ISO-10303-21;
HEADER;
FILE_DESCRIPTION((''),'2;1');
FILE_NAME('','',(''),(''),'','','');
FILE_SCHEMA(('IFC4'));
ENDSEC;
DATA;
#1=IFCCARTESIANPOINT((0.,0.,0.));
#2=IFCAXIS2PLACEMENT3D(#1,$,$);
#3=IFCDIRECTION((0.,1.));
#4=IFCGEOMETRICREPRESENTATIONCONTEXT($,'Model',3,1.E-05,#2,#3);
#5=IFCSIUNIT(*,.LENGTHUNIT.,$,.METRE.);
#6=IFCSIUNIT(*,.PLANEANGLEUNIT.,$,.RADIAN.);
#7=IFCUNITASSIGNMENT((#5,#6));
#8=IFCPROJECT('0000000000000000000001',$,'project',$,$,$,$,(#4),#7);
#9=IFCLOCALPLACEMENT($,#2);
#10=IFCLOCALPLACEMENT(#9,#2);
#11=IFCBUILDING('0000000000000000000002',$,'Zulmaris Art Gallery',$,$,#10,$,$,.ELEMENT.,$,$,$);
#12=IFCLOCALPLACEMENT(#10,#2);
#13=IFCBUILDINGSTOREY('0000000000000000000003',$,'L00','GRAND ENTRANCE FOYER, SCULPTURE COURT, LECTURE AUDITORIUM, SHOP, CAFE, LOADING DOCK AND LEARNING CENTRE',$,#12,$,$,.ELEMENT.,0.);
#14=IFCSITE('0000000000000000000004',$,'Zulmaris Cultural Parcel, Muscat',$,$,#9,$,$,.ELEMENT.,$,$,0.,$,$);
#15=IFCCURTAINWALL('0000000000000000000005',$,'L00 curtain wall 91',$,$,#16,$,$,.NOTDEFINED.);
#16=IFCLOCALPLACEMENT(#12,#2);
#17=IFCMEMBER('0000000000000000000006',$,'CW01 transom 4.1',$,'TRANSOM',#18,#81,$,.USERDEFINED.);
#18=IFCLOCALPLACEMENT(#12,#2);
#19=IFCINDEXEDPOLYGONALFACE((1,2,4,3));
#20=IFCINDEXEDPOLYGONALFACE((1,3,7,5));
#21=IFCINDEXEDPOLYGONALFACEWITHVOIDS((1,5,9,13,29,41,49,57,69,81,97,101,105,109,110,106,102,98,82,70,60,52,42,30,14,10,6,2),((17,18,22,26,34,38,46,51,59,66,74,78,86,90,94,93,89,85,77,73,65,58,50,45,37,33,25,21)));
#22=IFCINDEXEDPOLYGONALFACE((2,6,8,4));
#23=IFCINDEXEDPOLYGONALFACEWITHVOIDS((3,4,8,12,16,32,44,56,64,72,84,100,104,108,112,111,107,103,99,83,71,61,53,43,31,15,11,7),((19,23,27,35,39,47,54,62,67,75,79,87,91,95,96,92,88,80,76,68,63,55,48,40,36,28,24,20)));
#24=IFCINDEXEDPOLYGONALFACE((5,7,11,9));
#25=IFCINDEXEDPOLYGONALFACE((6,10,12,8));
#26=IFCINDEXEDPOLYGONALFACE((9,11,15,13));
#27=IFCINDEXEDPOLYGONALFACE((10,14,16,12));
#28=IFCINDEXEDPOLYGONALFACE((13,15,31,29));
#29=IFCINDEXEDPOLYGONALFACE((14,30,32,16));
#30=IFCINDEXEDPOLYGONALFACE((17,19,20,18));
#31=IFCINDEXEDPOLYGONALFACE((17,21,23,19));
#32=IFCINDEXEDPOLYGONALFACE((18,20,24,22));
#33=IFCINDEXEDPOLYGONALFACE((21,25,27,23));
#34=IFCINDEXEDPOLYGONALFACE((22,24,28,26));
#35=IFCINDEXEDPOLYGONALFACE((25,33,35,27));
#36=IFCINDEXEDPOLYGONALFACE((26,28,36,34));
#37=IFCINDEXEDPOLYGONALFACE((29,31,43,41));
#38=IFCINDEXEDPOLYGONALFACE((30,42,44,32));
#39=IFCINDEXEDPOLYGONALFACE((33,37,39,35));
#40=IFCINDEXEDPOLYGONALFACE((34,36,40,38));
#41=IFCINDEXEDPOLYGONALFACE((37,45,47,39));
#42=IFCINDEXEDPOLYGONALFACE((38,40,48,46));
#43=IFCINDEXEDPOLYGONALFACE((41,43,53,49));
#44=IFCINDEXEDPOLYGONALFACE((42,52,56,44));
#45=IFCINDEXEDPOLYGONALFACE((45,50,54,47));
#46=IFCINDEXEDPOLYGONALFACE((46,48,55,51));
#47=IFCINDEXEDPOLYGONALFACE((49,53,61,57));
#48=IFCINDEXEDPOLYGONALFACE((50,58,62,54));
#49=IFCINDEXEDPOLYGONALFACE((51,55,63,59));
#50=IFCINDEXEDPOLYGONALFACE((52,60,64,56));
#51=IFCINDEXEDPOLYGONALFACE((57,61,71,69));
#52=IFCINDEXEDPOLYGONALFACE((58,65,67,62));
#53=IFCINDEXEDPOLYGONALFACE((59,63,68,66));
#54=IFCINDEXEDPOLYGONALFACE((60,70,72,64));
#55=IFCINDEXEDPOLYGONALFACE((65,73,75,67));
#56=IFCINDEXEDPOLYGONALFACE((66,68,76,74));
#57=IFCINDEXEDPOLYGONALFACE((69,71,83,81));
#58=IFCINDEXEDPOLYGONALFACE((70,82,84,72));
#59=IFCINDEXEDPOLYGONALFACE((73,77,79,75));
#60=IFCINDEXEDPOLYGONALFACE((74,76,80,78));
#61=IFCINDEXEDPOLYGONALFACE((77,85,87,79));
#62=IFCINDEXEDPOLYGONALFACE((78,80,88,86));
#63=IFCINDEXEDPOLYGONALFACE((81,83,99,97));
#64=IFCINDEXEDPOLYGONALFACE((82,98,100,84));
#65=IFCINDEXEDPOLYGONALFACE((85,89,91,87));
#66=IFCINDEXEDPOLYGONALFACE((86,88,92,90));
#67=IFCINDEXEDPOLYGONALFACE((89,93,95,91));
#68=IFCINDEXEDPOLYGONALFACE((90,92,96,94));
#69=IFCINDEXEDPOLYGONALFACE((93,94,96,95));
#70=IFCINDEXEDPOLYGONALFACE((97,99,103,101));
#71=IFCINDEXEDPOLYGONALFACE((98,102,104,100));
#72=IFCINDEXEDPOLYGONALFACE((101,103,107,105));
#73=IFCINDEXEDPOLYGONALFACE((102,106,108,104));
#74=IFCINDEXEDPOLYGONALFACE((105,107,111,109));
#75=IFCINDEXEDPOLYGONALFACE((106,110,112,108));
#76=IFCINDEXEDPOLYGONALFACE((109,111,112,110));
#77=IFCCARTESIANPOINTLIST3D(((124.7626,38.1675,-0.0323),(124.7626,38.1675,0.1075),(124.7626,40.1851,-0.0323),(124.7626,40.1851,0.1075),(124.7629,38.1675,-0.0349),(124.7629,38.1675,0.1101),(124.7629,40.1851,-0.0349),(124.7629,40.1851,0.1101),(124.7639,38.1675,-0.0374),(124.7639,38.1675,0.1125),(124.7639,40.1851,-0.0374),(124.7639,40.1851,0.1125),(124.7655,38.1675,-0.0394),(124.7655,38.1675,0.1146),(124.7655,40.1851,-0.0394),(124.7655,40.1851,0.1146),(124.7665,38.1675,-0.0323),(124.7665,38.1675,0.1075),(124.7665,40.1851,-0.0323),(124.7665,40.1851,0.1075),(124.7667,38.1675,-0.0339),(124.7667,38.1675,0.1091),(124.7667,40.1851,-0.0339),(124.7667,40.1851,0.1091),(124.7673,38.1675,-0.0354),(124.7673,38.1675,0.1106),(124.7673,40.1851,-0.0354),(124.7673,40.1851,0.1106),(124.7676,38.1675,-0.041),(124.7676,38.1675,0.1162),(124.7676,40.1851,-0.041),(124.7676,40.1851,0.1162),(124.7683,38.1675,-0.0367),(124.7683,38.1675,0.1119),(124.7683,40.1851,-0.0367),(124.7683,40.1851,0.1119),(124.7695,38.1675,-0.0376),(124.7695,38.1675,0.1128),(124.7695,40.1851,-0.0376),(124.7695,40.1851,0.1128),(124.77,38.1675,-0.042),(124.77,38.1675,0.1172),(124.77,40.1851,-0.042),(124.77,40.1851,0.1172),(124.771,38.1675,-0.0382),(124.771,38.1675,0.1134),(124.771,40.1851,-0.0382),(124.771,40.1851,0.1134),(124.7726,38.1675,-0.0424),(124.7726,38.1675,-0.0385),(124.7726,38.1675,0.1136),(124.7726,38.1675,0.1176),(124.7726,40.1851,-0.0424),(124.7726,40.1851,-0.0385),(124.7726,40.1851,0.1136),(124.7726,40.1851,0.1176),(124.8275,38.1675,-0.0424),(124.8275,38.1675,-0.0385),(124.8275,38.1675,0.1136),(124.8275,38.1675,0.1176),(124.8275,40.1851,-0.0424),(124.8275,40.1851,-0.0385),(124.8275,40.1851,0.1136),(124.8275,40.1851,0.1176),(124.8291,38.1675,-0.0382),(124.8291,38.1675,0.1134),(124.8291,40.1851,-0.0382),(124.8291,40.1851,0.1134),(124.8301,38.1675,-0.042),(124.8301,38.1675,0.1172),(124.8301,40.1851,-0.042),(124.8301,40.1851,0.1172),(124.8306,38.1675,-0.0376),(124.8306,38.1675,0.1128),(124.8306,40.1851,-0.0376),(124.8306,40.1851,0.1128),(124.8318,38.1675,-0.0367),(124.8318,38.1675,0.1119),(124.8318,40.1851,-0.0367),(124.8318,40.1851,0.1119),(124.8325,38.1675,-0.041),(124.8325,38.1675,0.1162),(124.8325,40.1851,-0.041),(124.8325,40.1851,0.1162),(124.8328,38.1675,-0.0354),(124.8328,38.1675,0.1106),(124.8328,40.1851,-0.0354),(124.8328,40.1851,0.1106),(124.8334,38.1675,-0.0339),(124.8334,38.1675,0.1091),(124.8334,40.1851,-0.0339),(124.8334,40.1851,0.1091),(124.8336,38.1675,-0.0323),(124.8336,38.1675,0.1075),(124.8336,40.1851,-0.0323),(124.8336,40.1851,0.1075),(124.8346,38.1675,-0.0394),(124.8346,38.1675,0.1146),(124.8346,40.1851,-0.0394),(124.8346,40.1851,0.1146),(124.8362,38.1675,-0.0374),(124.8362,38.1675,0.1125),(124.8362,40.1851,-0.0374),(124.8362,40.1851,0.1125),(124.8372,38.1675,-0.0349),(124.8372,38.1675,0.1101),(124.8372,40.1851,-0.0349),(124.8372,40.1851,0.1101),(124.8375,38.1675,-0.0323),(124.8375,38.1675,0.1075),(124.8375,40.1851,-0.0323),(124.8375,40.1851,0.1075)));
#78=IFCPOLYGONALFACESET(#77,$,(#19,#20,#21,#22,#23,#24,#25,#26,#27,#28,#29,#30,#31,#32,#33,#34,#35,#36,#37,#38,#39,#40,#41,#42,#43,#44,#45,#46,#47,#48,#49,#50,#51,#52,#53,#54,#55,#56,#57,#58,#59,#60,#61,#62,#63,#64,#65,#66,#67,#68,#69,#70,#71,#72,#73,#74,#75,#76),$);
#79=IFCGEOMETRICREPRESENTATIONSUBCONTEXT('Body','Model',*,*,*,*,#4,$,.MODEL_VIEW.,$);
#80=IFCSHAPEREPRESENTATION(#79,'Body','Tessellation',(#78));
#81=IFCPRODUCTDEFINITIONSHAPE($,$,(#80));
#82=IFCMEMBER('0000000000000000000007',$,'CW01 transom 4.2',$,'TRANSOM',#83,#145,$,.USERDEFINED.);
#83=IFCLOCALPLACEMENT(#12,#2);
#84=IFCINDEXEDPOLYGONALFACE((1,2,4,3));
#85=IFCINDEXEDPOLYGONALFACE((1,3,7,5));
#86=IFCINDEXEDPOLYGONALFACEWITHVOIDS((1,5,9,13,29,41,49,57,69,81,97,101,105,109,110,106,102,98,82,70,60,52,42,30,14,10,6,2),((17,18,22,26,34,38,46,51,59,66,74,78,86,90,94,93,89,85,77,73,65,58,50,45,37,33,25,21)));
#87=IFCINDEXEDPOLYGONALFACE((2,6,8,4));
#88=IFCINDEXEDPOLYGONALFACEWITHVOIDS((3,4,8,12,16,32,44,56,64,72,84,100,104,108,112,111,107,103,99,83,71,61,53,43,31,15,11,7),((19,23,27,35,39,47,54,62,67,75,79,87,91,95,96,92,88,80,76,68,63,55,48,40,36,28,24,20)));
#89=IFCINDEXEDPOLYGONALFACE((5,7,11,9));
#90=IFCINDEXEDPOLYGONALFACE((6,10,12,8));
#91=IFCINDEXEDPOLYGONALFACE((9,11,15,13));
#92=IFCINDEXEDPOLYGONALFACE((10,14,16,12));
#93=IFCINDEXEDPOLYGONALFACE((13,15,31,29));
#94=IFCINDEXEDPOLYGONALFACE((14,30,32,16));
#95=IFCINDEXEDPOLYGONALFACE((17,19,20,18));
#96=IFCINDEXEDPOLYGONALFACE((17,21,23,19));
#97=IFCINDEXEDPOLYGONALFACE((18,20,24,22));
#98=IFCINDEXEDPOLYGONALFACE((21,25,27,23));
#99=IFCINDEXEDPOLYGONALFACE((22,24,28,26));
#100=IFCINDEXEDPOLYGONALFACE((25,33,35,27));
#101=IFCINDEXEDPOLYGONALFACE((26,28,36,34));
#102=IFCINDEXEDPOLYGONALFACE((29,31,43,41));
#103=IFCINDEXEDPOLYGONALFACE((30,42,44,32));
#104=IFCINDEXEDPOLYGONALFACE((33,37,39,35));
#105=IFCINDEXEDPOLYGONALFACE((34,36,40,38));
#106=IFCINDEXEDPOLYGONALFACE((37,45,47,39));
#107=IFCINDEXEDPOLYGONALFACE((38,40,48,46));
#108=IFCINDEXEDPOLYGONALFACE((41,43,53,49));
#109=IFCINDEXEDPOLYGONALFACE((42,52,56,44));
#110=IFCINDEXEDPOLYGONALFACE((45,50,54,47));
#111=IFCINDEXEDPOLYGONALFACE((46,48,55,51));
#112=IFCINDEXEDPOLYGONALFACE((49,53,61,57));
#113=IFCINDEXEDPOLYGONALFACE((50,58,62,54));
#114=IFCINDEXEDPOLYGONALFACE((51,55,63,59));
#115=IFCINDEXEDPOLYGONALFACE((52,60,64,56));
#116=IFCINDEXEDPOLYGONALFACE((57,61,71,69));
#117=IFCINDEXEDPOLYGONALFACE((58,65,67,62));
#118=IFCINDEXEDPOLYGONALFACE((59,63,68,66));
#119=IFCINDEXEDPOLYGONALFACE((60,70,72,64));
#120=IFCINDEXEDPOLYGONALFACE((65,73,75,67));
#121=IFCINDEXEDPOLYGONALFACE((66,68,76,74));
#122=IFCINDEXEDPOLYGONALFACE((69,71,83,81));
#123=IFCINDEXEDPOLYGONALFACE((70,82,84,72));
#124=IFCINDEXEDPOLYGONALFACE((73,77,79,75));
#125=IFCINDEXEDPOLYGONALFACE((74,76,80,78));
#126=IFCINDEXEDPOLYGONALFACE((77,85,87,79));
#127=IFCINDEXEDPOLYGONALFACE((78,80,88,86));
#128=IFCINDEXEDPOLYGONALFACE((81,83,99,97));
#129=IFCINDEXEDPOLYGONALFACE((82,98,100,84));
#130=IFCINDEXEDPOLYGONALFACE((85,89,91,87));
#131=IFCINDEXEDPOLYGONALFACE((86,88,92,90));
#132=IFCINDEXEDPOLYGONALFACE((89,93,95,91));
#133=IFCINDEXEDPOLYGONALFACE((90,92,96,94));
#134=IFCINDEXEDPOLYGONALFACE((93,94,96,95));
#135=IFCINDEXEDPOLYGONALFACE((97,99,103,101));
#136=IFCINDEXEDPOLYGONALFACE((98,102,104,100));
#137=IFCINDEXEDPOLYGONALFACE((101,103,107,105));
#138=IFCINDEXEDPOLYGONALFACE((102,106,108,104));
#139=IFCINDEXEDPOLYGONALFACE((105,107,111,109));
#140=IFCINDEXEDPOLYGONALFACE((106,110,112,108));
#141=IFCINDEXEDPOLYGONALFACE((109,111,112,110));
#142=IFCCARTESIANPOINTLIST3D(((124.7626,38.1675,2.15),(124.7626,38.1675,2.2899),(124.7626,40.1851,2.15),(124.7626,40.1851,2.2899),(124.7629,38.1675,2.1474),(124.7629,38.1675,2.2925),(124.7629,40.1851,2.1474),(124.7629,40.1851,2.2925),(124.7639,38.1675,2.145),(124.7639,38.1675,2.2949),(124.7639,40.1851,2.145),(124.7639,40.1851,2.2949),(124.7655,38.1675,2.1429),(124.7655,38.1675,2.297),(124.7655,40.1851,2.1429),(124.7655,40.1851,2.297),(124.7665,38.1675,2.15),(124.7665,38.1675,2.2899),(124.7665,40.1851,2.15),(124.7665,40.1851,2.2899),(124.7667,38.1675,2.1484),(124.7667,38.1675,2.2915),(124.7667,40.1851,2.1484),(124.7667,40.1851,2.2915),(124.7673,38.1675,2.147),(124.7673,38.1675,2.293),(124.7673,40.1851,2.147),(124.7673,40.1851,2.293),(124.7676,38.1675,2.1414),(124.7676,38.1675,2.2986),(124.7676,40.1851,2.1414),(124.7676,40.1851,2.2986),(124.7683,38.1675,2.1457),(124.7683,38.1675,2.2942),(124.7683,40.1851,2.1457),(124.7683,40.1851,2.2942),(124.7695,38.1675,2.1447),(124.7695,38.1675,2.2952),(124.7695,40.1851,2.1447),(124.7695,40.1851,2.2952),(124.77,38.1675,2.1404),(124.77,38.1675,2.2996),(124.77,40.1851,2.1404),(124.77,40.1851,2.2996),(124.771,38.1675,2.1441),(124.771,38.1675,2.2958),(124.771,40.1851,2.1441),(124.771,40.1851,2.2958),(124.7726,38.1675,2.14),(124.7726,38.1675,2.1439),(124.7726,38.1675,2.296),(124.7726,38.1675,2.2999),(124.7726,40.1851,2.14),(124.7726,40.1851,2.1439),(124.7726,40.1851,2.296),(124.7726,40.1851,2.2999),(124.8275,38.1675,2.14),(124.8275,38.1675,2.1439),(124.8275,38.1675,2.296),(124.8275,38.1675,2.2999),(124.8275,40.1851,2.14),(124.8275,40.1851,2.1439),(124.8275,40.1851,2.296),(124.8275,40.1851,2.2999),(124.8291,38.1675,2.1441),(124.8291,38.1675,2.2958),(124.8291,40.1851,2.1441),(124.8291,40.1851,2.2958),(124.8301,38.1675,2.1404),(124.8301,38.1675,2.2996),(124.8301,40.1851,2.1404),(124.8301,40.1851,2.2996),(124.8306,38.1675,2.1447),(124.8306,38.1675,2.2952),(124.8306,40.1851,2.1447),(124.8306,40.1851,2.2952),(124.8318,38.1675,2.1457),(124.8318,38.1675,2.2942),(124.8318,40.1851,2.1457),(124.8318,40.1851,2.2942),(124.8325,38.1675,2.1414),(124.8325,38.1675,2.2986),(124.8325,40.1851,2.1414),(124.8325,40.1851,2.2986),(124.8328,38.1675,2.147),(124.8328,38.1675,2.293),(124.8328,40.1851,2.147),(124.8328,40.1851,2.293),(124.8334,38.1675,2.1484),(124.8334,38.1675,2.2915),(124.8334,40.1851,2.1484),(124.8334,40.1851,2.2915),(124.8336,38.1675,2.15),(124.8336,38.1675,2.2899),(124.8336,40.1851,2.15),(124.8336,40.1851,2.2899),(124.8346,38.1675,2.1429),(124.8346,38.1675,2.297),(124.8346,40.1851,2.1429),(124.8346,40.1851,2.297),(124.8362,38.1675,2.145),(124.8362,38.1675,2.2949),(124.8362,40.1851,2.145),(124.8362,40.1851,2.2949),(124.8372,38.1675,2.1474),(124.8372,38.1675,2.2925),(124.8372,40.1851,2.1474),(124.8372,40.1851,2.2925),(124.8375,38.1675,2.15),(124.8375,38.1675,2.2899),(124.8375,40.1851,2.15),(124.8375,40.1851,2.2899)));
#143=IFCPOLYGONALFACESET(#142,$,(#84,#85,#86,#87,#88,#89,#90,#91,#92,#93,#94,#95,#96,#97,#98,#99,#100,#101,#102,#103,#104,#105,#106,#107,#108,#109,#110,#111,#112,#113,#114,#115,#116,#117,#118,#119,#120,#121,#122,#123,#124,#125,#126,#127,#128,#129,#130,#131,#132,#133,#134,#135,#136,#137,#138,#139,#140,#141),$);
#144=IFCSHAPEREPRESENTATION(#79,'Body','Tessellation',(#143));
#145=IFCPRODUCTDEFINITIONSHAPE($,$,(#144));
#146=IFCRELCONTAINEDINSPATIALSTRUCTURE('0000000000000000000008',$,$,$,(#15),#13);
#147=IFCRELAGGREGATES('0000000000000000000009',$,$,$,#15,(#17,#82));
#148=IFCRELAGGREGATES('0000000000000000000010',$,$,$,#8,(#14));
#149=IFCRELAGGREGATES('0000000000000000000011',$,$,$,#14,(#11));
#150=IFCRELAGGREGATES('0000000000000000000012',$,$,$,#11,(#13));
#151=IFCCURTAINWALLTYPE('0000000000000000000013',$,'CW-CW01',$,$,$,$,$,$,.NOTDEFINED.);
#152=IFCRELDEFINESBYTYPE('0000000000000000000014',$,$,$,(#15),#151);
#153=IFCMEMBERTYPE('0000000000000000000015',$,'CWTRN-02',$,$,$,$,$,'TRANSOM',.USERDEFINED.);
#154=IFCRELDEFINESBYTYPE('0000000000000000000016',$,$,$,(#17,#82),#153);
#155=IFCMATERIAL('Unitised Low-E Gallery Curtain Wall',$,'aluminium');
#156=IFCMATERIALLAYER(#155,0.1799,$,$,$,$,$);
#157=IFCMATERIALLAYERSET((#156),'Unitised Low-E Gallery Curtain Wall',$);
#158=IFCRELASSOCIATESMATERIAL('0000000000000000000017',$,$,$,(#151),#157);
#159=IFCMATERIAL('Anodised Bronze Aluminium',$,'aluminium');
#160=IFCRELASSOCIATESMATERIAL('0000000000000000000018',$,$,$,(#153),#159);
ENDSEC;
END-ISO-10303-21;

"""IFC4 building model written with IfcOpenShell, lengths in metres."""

from ifc_helpers import new_model, si_unit, direction, frame, origin, origin_2d, place, context, subcontext, project, spatial, hollow_rectangle, extrude, material, layer, layer_set, material_profile, profile_set, type_object, element, aggregate, save


model = new_model("IFC4")

# Units and contexts
model_context = context("Model", 3, precision=1e-05, world=origin(), true_north=direction((0.0, 1.0)))
body_context = subcontext(model_context, "Body", "Model", "MODEL_VIEW")
ifc_project = project(units=[si_unit("LENGTHUNIT", "METRE"), si_unit("PLANEANGLEUNIT", "RADIAN")], contexts=[model_context])

# Site, building, storey
site_placement = place(None, origin())
site = spatial("IfcSite", under=ifc_project, at=site_placement, Name="Zulmaris Cultural Parcel, Muscat", CompositionType="ELEMENT", RefElevation=0.0)
building_placement = place(site_placement, origin())
building = spatial("IfcBuilding", under=site, at=building_placement, Name="Zulmaris Art Gallery", CompositionType="ELEMENT")
storey_placement = place(building_placement, origin())
storey = spatial("IfcBuildingStorey", under=building, at=storey_placement, Name="L00", Description="GRAND ENTRANCE FOYER, SCULPTURE COURT, LECTURE AUDITORIUM, SHOP, CAFE, LOADING DOCK AND LEARNING CENTRE", CompositionType="ELEMENT", Elevation=0.0)

# Curtain wall
ifc_material_1 = material(Name="Unitised Low-E Gallery Curtain Wall", Category="aluminium")
ifc_layer_1 = layer(ifc_material_1, 0.1799)
ifc_layer_set_1 = layer_set([ifc_layer_1], Name="Unitised Low-E Gallery Curtain Wall")
curtain_wall_type = type_object("IfcCurtainWallType", Name="CW-CW01", PredefinedType="NOTDEFINED", material=ifc_layer_set_1)
curtain_wall_1_placement = place(storey_placement, origin())
curtain_wall_1 = element("IfcCurtainWall", 1, at=curtain_wall_1_placement, inside=storey, type_object=curtain_wall_type, Name="L00 curtain wall 91", PredefinedType="NOTDEFINED")
ifc_material_2 = material(Name="Anodised Bronze Aluminium", Category="aluminium")

# Members
ifc_material_profile_1 = material_profile(ifc_material_2, hollow_rectangle(XDim=0.075, YDim=0.1599, WallThickness=0.0039, InnerFilletRadius=0.0061, OuterFilletRadius=0.01, at=origin_2d()), Name="ALU 75x160x4")
ifc_profile_set_1 = profile_set([ifc_material_profile_1], Name="Anodised Bronze Aluminium")
member_type_1 = type_object("IfcMemberType", Name="CWTRN-02", ElementType="TRANSOM", PredefinedType="USERDEFINED", material=ifc_profile_set_1)
member_1_placement = place(storey_placement, frame((124.8, 38.1675, 0.0376), z_axis=(0.0, 1.0, 0.0), x_axis=(-1.0, 0.0, 0.0)))
member_1 = element("IfcMember", 2, at=member_1_placement, type_object=member_type_1, Name="CW01 transom 4.1", ObjectType="TRANSOM", PredefinedType="USERDEFINED", context=body_context, shape_type="SweptSolid", body=[
    extrude(hollow_rectangle(XDim=0.075, YDim=0.1599, WallThickness=0.0039, InnerFilletRadius=0.0061, OuterFilletRadius=0.01, at=origin_2d()), origin(), (0.0, 0.0, 1.0), 2.0176),
])
member_2_placement = place(storey_placement, frame((124.8, 38.1675, 2.22), z_axis=(0.0, 1.0, 0.0), x_axis=(-1.0, 0.0, 0.0)))
member_2 = element("IfcMember", 3, at=member_2_placement, type_object=member_type_1, Name="CW01 transom 4.2", ObjectType="TRANSOM", PredefinedType="USERDEFINED", context=body_context, shape_type="SweptSolid", body=[
    extrude(hollow_rectangle(XDim=0.075, YDim=0.1599, WallThickness=0.0039, InnerFilletRadius=0.0061, OuterFilletRadius=0.01, at=origin_2d()), origin(), (0.0, 0.0, 1.0), 2.0176),
])

aggregate(curtain_wall_1, [member_1, member_2])

save(model, "model.ifc")
